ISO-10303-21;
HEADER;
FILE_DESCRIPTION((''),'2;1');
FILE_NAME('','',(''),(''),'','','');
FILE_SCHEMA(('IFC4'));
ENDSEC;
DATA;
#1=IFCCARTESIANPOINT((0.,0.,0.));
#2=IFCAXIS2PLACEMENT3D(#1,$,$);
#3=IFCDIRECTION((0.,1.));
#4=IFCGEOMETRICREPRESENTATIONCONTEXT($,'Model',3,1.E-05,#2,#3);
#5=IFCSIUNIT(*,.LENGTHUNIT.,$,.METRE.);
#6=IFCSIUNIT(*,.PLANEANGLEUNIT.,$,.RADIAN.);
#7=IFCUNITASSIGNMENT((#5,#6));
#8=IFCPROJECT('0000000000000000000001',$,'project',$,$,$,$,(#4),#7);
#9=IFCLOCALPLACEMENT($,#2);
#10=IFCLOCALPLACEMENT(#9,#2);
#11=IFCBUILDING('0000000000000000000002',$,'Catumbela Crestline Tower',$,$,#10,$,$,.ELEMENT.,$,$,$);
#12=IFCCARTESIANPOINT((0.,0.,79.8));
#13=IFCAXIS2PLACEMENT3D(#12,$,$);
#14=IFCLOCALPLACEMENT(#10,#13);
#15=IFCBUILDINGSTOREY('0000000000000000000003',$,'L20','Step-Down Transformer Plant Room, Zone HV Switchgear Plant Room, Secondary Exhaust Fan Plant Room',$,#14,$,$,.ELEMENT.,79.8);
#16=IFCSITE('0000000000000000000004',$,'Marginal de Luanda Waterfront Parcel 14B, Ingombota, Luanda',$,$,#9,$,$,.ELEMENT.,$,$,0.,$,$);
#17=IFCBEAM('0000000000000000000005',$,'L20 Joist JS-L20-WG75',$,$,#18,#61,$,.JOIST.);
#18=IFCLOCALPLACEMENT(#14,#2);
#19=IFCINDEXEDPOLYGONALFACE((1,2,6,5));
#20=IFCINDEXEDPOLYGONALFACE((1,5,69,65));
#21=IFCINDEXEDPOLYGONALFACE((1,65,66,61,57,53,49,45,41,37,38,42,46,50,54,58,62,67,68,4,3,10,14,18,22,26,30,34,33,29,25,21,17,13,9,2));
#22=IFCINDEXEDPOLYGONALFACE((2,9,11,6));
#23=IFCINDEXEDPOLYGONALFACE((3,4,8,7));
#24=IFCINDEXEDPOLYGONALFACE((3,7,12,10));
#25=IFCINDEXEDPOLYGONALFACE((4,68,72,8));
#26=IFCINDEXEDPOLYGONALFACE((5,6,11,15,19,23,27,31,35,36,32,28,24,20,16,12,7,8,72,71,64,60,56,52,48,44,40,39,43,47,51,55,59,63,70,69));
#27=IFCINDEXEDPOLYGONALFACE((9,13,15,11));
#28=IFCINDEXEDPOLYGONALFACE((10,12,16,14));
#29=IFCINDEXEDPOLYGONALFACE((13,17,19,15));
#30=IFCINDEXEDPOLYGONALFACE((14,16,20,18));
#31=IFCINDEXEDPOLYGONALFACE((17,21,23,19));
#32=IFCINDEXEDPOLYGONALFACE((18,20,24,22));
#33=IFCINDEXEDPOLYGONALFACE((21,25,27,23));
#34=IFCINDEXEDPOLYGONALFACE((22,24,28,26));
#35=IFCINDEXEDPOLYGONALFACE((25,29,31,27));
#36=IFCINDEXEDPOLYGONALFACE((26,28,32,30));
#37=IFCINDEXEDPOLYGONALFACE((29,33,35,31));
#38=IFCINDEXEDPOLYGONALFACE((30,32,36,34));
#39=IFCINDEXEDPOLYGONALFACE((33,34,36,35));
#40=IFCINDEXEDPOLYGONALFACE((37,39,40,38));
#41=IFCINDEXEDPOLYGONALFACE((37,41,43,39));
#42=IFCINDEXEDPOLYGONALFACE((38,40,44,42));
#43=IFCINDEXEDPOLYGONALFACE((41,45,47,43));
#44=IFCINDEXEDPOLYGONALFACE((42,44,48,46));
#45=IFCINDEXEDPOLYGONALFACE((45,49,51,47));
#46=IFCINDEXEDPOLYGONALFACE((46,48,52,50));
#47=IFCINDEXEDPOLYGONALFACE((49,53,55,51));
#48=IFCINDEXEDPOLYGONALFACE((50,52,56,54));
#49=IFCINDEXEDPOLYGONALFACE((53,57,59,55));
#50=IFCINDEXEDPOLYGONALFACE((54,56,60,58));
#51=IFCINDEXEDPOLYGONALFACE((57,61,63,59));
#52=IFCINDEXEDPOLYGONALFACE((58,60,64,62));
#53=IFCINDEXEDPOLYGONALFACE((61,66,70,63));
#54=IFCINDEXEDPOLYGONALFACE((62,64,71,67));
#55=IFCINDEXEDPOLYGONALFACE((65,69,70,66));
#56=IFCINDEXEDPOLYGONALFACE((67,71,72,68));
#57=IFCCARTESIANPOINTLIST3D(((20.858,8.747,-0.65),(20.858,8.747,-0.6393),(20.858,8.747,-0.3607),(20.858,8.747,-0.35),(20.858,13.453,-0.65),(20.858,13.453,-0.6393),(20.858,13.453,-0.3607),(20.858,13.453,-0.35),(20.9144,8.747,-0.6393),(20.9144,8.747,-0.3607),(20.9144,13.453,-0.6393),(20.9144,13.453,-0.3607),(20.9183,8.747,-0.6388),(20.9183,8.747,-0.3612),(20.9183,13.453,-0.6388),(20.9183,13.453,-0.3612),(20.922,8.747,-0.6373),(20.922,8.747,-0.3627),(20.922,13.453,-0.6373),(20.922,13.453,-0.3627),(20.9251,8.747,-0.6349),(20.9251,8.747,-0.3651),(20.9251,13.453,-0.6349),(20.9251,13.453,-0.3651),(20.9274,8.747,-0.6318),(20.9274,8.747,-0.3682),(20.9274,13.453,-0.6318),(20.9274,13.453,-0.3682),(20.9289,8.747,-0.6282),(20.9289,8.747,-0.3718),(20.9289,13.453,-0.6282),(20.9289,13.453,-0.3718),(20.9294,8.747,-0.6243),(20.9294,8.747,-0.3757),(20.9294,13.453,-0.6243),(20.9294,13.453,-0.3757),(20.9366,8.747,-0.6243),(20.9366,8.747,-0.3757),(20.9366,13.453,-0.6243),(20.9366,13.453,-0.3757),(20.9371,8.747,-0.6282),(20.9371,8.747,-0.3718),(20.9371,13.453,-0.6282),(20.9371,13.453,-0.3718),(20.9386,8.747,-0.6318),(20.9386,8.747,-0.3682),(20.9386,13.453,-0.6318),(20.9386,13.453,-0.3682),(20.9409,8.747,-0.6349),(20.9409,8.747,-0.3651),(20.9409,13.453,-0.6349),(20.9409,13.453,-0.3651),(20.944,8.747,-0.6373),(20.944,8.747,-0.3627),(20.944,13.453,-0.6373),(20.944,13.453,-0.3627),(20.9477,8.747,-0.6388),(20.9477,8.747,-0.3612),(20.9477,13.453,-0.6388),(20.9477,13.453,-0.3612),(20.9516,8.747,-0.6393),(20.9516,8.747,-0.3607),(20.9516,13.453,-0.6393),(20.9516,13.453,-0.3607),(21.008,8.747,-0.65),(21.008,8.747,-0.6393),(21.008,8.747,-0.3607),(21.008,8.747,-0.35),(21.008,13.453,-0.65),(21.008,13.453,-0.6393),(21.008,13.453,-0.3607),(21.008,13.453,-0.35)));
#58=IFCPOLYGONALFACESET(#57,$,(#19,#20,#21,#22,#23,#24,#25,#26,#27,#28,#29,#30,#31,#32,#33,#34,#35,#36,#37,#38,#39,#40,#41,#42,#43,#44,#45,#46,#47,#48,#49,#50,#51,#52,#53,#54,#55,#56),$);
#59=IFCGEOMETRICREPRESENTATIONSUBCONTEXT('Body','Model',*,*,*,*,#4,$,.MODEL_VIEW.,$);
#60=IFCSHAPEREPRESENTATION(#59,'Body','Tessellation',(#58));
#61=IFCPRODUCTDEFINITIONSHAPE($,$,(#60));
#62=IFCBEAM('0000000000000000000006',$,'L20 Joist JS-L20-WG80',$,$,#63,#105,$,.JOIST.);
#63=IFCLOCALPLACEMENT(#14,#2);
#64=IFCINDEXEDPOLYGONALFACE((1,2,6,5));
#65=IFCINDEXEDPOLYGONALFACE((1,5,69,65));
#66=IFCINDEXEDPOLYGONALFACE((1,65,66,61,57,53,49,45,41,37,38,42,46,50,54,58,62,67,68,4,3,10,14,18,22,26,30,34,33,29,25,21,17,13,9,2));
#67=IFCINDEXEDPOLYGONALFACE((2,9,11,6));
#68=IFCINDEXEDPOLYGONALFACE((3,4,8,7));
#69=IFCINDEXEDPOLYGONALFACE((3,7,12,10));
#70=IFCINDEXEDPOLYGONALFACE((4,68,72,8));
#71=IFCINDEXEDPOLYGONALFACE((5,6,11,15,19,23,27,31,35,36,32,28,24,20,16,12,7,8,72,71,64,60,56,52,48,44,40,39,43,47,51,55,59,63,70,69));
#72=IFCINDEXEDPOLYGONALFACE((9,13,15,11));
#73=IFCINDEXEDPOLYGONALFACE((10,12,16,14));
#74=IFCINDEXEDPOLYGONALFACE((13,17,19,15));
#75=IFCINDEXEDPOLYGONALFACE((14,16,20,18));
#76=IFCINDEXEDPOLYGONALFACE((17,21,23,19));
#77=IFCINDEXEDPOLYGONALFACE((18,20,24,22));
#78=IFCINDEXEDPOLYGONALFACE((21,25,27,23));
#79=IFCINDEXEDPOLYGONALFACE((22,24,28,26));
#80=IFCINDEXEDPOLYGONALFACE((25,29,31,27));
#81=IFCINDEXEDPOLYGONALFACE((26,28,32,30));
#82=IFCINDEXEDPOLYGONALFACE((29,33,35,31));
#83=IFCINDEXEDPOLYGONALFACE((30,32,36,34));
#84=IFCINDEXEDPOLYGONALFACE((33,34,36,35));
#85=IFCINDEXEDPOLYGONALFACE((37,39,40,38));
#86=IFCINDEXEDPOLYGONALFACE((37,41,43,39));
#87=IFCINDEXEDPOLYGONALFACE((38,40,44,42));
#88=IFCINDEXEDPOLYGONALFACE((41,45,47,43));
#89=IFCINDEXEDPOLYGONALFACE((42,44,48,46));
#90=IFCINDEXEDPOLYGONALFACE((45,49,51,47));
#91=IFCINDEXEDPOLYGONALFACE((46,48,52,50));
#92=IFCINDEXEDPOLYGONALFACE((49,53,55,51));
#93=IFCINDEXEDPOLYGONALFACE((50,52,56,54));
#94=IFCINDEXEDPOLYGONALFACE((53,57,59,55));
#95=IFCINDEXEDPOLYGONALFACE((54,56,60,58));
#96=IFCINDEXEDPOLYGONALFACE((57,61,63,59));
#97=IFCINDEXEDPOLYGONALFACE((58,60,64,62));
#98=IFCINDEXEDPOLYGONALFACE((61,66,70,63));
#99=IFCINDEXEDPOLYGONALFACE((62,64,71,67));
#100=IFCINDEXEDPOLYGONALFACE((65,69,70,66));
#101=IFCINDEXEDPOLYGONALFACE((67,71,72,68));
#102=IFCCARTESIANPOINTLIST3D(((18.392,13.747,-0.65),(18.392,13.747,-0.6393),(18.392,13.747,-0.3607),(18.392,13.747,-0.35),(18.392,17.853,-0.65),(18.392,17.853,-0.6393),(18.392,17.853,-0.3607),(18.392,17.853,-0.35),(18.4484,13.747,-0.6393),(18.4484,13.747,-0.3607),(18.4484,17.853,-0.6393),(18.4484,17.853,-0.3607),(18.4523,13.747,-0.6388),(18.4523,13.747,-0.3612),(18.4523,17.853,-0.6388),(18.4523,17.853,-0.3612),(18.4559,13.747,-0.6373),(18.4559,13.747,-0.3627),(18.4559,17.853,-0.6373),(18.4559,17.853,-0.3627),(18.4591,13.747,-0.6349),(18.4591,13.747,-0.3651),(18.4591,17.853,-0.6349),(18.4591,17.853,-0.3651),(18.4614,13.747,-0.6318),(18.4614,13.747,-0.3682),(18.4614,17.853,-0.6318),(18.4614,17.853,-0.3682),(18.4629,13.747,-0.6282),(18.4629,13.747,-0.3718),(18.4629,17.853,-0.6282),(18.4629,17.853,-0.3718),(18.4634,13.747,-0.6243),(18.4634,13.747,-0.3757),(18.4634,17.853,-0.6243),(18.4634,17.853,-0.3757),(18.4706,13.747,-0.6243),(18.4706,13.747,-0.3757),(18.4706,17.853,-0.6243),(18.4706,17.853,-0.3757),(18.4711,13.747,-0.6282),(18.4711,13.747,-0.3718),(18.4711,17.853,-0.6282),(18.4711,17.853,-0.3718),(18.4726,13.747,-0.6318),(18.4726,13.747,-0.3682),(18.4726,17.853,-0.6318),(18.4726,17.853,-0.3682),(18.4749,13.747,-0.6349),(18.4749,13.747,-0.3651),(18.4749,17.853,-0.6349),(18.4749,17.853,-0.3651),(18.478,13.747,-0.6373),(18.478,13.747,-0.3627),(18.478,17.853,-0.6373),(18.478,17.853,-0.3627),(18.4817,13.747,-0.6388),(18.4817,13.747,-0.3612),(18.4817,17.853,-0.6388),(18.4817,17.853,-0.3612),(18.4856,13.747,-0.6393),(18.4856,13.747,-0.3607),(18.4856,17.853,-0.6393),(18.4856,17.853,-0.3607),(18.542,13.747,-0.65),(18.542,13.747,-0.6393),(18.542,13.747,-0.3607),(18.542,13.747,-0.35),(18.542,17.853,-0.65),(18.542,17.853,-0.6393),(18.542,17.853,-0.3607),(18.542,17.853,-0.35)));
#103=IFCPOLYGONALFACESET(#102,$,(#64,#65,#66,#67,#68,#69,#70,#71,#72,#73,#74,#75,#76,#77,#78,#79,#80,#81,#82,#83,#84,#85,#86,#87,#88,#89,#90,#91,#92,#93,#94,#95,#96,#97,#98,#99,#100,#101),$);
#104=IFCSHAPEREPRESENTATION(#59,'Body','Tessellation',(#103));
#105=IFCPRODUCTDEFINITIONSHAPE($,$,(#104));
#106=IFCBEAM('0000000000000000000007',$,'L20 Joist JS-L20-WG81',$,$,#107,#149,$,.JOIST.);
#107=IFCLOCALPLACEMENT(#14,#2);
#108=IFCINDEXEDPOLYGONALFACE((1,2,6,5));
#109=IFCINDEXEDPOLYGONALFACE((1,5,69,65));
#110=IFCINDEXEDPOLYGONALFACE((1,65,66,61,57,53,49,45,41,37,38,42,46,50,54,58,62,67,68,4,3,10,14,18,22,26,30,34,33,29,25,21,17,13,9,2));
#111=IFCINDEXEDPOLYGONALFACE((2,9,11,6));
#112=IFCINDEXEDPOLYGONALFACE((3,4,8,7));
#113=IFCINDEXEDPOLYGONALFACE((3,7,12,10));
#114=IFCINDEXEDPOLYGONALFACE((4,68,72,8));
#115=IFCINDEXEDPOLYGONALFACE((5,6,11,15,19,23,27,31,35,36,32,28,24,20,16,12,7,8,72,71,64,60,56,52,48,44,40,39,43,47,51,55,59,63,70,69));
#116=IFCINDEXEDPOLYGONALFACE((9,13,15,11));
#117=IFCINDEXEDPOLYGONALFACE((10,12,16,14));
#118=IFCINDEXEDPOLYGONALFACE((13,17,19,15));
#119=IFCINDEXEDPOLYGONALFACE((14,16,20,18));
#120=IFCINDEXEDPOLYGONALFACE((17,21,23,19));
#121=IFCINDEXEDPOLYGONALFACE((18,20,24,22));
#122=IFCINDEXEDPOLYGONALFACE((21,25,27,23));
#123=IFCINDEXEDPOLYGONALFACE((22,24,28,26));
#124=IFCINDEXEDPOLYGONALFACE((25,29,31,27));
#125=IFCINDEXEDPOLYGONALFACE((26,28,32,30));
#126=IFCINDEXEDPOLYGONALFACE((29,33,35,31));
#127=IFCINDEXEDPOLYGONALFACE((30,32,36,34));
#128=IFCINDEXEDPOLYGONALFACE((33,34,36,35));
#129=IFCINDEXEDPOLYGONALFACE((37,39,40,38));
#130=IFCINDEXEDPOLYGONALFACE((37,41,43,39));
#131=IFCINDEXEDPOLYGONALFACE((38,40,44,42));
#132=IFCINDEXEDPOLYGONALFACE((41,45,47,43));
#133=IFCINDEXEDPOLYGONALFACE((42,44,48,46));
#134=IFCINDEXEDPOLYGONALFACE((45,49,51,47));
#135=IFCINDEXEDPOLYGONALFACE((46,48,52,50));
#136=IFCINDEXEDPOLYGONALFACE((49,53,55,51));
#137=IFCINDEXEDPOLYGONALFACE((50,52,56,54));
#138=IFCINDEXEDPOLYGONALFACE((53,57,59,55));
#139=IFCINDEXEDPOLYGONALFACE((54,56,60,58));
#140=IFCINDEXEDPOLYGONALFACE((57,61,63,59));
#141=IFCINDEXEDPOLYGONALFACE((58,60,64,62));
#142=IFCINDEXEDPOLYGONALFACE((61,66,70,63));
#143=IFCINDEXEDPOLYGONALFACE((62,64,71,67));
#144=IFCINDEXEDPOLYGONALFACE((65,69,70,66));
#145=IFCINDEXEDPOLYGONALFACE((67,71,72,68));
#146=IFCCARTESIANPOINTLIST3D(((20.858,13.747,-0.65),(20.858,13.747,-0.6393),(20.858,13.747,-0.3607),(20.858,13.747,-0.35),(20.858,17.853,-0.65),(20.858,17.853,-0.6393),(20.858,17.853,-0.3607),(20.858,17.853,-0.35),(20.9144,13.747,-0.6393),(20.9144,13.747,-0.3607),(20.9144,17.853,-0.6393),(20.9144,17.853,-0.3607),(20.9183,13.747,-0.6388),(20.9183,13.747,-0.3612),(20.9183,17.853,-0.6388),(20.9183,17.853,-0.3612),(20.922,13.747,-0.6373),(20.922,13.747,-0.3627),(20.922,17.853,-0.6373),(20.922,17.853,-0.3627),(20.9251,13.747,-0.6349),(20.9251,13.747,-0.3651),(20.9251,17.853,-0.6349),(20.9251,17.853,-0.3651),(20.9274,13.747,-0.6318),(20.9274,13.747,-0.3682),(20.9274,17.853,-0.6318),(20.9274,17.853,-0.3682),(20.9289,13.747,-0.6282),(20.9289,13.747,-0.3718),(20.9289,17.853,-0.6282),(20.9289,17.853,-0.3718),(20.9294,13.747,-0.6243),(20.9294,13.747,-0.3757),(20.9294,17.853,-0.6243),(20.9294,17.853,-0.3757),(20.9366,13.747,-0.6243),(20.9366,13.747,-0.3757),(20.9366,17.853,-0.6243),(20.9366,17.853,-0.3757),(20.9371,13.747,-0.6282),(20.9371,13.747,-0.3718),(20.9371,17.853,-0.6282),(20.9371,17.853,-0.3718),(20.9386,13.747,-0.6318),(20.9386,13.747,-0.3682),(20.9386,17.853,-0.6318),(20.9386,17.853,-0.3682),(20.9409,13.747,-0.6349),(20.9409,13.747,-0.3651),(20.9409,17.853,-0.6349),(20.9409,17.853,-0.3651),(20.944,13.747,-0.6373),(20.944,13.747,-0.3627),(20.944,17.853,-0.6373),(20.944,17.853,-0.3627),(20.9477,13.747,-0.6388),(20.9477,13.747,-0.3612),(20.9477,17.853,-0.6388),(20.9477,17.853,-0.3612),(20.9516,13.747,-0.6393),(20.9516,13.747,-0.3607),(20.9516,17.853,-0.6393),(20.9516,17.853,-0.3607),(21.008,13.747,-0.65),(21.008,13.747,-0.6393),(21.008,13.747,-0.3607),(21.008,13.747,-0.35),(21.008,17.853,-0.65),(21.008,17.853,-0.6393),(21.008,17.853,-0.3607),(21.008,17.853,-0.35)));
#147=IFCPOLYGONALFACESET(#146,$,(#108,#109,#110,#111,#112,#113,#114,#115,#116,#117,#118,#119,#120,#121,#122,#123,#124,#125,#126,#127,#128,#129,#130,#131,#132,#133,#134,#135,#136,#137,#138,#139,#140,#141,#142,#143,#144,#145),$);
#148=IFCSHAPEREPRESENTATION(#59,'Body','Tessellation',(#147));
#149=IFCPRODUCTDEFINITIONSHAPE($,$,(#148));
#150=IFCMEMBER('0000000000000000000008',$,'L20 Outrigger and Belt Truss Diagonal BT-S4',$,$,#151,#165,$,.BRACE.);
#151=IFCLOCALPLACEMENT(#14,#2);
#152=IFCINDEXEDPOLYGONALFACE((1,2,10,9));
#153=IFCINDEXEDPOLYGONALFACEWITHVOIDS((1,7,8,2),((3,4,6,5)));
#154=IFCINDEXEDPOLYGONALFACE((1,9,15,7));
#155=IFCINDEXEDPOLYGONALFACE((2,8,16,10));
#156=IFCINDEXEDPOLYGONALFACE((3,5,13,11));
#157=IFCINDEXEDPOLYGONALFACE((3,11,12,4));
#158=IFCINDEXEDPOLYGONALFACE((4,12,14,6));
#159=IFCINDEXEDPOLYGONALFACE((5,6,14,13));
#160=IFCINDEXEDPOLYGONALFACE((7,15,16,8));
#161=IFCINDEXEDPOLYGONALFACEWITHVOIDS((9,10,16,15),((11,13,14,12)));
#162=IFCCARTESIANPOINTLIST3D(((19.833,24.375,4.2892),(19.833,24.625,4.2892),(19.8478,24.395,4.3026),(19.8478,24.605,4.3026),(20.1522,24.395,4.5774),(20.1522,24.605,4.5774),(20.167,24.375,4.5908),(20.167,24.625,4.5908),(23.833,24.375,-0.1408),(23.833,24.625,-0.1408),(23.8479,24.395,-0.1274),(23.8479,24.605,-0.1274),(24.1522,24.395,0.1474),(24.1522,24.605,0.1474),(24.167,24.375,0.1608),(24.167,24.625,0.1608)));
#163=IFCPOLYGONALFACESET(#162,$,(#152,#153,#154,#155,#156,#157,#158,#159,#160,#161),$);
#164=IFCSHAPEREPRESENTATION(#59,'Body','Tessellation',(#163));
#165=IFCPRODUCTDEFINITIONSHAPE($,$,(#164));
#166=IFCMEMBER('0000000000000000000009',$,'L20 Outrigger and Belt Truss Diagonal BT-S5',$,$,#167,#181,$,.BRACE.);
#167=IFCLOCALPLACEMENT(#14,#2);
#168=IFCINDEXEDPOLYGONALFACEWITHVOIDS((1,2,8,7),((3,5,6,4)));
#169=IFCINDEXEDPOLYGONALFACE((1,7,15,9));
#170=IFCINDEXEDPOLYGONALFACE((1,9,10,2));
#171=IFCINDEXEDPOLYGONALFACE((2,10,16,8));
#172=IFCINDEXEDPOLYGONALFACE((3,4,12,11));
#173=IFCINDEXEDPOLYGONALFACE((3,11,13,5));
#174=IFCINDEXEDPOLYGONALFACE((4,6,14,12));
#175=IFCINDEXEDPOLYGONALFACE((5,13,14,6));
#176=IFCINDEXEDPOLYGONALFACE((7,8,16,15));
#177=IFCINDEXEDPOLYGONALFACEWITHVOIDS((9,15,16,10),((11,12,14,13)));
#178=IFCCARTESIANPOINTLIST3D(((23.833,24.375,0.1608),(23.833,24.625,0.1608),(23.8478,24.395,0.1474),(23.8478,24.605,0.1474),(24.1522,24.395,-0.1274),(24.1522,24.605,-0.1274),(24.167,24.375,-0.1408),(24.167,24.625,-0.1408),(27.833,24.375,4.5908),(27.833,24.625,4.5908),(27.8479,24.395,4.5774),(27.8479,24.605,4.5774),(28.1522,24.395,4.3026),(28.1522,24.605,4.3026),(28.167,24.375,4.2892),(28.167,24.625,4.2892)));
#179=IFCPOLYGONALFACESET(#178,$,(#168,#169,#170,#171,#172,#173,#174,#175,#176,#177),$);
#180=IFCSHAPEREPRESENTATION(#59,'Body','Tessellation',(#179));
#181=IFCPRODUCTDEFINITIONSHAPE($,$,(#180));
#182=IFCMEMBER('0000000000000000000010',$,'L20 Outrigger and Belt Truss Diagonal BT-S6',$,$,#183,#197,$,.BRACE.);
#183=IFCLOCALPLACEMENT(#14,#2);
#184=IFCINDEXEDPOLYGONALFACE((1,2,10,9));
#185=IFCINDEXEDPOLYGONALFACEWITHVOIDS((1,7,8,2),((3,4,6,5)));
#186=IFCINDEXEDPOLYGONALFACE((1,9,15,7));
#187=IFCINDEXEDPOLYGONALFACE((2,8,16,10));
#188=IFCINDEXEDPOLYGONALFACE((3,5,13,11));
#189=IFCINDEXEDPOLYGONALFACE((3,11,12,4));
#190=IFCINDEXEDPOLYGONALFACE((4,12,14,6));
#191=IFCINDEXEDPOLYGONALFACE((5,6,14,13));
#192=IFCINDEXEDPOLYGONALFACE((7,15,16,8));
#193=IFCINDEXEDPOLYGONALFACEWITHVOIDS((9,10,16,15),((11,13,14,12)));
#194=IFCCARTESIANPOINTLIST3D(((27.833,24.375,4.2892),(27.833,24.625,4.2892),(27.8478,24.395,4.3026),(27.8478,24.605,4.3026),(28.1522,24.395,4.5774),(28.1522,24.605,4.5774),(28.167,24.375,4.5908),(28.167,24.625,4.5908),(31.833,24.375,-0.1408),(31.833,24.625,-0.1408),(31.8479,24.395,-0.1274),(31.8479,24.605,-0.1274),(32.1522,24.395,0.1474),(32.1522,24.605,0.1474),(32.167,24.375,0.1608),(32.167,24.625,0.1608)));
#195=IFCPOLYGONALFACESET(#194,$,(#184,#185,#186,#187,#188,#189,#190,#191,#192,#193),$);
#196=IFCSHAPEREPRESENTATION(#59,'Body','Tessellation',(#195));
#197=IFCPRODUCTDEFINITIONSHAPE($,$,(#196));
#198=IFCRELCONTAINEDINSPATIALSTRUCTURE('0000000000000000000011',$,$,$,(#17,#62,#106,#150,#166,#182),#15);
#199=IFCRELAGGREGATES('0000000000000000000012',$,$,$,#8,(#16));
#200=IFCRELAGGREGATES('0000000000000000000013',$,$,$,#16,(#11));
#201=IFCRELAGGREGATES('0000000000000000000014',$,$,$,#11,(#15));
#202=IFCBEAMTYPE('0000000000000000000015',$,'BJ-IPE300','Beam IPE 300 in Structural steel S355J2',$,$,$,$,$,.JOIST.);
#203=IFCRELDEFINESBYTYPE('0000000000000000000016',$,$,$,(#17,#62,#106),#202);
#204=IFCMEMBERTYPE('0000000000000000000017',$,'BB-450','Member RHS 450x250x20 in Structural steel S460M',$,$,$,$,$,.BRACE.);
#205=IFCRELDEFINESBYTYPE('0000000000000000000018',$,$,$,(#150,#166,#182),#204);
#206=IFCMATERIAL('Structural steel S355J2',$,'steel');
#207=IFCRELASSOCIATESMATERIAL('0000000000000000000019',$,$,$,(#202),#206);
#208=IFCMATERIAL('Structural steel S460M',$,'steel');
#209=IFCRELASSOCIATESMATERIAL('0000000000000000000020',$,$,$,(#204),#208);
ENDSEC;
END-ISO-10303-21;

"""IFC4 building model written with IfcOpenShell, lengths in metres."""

from ifc_helpers import new_model, si_unit, direction, frame, origin, origin_2d, place, context, subcontext, project, spatial, hollow_rectangle, i_section, extrude, material, material_profile, profile_set, type_object, element, save


model = new_model("IFC4")

# Units and contexts
model_context = context("Model", 3, precision=1e-05, world=origin(), true_north=direction((0.0, 1.0)))
body_context = subcontext(model_context, "Body", "Model", "MODEL_VIEW")
ifc_project = project(units=[si_unit("LENGTHUNIT", "METRE"), si_unit("PLANEANGLEUNIT", "RADIAN")], contexts=[model_context])

# Site, building, storey
site_placement = place(None, origin())
site = spatial("IfcSite", under=ifc_project, at=site_placement, Name="Marginal de Luanda Waterfront Parcel 14B, Ingombota, Luanda", CompositionType="ELEMENT", RefElevation=0.0)
building_placement = place(site_placement, origin())
building = spatial("IfcBuilding", under=site, at=building_placement, Name="Catumbela Crestline Tower", CompositionType="ELEMENT")
storey_placement = place(building_placement, frame((0.0, 0.0, 79.8)))
storey = spatial("IfcBuildingStorey", under=building, at=storey_placement, Name="L20", Description="Step-Down Transformer Plant Room, Zone HV Switchgear Plant Room, Secondary Exhaust Fan Plant Room", CompositionType="ELEMENT", Elevation=79.8)

# Shared definitions
ifc_material_1 = material(Name="Structural steel S460M", Category="steel")

# Beams
ifc_material_2 = material(Name="Structural steel S355J2", Category="steel")
ifc_material_profile_1 = material_profile(ifc_material_2, i_section(OverallWidth=0.15, OverallDepth=0.3, WebThickness=0.0071, FlangeThickness=0.0107, FilletRadius=0.015, at=origin_2d()), Name="IPE 300")
ifc_profile_set_1 = profile_set([ifc_material_profile_1], Name="Structural steel S355J2")
beam_type_1 = type_object("IfcBeamType", Name="BJ-IPE300", Description="Beam IPE 300 in Structural steel S355J2", PredefinedType="JOIST", material=ifc_profile_set_1)
for number, where, z_axis, x_axis, name in (
    (1, (20.933, 8.747, -0.5), (0.0, 1.0, 0.0), (-1.0, 0.0, 0.0), "L20 Joist JS-L20-WG75"),
):
    element("IfcBeam", number, at=place(storey_placement, frame(where, z_axis=z_axis, x_axis=x_axis)), inside=storey, type_object=beam_type_1, Name=name, PredefinedType="JOIST", context=body_context, shape_type="SweptSolid", body=[
        extrude(i_section(OverallWidth=0.15, OverallDepth=0.3, WebThickness=0.0071, FlangeThickness=0.0107, FilletRadius=0.015, at=origin_2d()), origin(), (0.0, 0.0, 1.0), 4.706),
    ])
for number, where, z_axis, x_axis, name in (
    (2, (18.467, 13.747, -0.5), (0.0, 1.0, 0.0), (-1.0, 0.0, 0.0), "L20 Joist JS-L20-WG80"),
    (3, (20.933, 13.747, -0.5), (0.0, 1.0, 0.0), (-1.0, 0.0, 0.0), "L20 Joist JS-L20-WG81"),
):
    element("IfcBeam", number, at=place(storey_placement, frame(where, z_axis=z_axis, x_axis=x_axis)), inside=storey, type_object=beam_type_1, Name=name, PredefinedType="JOIST", context=body_context, shape_type="SweptSolid", body=[
        extrude(i_section(OverallWidth=0.15, OverallDepth=0.3, WebThickness=0.0071, FlangeThickness=0.0107, FilletRadius=0.015, at=origin_2d()), origin(), (0.0, 0.0, 1.0), 4.106),
    ])

# Members
ifc_material_profile_2 = material_profile(ifc_material_1, hollow_rectangle(XDim=0.25, YDim=0.45, WallThickness=0.02, at=origin_2d()), Name="RHS 450x250x20")
ifc_profile_set_2 = profile_set([ifc_material_profile_2], Name="Structural steel S460M")
member_type = type_object("IfcMemberType", Name="BB-450", Description="Member RHS 450x250x20 in Structural steel S460M", PredefinedType="BRACE", material=ifc_profile_set_2)
for number, where, z_axis, x_axis, name in (
    (4, (20.0, 24.5, 4.44), (0.670167, 0.0, -0.74221), (0.0, 1.0, 0.0), "L20 Outrigger and Belt Truss Diagonal BT-S4"),
    (5, (24.0, 24.5, 0.01), (0.670167, 0.0, 0.74221), (0.0, 1.0, 0.0), "L20 Outrigger and Belt Truss Diagonal BT-S5"),
    (6, (28.0, 24.5, 4.44), (0.670167, 0.0, -0.74221), (0.0, 1.0, 0.0), "L20 Outrigger and Belt Truss Diagonal BT-S6"),
):
    element("IfcMember", number, at=place(storey_placement, frame(where, z_axis=z_axis, x_axis=x_axis)), inside=storey, type_object=member_type, Name=name, PredefinedType="BRACE", context=body_context, shape_type="SweptSolid", body=[
        extrude(hollow_rectangle(XDim=0.25, YDim=0.45, WallThickness=0.02, at=origin_2d()), origin(), (0.0, 0.0, 1.0), 5.9687),
    ])

save(model, "model.ifc")
